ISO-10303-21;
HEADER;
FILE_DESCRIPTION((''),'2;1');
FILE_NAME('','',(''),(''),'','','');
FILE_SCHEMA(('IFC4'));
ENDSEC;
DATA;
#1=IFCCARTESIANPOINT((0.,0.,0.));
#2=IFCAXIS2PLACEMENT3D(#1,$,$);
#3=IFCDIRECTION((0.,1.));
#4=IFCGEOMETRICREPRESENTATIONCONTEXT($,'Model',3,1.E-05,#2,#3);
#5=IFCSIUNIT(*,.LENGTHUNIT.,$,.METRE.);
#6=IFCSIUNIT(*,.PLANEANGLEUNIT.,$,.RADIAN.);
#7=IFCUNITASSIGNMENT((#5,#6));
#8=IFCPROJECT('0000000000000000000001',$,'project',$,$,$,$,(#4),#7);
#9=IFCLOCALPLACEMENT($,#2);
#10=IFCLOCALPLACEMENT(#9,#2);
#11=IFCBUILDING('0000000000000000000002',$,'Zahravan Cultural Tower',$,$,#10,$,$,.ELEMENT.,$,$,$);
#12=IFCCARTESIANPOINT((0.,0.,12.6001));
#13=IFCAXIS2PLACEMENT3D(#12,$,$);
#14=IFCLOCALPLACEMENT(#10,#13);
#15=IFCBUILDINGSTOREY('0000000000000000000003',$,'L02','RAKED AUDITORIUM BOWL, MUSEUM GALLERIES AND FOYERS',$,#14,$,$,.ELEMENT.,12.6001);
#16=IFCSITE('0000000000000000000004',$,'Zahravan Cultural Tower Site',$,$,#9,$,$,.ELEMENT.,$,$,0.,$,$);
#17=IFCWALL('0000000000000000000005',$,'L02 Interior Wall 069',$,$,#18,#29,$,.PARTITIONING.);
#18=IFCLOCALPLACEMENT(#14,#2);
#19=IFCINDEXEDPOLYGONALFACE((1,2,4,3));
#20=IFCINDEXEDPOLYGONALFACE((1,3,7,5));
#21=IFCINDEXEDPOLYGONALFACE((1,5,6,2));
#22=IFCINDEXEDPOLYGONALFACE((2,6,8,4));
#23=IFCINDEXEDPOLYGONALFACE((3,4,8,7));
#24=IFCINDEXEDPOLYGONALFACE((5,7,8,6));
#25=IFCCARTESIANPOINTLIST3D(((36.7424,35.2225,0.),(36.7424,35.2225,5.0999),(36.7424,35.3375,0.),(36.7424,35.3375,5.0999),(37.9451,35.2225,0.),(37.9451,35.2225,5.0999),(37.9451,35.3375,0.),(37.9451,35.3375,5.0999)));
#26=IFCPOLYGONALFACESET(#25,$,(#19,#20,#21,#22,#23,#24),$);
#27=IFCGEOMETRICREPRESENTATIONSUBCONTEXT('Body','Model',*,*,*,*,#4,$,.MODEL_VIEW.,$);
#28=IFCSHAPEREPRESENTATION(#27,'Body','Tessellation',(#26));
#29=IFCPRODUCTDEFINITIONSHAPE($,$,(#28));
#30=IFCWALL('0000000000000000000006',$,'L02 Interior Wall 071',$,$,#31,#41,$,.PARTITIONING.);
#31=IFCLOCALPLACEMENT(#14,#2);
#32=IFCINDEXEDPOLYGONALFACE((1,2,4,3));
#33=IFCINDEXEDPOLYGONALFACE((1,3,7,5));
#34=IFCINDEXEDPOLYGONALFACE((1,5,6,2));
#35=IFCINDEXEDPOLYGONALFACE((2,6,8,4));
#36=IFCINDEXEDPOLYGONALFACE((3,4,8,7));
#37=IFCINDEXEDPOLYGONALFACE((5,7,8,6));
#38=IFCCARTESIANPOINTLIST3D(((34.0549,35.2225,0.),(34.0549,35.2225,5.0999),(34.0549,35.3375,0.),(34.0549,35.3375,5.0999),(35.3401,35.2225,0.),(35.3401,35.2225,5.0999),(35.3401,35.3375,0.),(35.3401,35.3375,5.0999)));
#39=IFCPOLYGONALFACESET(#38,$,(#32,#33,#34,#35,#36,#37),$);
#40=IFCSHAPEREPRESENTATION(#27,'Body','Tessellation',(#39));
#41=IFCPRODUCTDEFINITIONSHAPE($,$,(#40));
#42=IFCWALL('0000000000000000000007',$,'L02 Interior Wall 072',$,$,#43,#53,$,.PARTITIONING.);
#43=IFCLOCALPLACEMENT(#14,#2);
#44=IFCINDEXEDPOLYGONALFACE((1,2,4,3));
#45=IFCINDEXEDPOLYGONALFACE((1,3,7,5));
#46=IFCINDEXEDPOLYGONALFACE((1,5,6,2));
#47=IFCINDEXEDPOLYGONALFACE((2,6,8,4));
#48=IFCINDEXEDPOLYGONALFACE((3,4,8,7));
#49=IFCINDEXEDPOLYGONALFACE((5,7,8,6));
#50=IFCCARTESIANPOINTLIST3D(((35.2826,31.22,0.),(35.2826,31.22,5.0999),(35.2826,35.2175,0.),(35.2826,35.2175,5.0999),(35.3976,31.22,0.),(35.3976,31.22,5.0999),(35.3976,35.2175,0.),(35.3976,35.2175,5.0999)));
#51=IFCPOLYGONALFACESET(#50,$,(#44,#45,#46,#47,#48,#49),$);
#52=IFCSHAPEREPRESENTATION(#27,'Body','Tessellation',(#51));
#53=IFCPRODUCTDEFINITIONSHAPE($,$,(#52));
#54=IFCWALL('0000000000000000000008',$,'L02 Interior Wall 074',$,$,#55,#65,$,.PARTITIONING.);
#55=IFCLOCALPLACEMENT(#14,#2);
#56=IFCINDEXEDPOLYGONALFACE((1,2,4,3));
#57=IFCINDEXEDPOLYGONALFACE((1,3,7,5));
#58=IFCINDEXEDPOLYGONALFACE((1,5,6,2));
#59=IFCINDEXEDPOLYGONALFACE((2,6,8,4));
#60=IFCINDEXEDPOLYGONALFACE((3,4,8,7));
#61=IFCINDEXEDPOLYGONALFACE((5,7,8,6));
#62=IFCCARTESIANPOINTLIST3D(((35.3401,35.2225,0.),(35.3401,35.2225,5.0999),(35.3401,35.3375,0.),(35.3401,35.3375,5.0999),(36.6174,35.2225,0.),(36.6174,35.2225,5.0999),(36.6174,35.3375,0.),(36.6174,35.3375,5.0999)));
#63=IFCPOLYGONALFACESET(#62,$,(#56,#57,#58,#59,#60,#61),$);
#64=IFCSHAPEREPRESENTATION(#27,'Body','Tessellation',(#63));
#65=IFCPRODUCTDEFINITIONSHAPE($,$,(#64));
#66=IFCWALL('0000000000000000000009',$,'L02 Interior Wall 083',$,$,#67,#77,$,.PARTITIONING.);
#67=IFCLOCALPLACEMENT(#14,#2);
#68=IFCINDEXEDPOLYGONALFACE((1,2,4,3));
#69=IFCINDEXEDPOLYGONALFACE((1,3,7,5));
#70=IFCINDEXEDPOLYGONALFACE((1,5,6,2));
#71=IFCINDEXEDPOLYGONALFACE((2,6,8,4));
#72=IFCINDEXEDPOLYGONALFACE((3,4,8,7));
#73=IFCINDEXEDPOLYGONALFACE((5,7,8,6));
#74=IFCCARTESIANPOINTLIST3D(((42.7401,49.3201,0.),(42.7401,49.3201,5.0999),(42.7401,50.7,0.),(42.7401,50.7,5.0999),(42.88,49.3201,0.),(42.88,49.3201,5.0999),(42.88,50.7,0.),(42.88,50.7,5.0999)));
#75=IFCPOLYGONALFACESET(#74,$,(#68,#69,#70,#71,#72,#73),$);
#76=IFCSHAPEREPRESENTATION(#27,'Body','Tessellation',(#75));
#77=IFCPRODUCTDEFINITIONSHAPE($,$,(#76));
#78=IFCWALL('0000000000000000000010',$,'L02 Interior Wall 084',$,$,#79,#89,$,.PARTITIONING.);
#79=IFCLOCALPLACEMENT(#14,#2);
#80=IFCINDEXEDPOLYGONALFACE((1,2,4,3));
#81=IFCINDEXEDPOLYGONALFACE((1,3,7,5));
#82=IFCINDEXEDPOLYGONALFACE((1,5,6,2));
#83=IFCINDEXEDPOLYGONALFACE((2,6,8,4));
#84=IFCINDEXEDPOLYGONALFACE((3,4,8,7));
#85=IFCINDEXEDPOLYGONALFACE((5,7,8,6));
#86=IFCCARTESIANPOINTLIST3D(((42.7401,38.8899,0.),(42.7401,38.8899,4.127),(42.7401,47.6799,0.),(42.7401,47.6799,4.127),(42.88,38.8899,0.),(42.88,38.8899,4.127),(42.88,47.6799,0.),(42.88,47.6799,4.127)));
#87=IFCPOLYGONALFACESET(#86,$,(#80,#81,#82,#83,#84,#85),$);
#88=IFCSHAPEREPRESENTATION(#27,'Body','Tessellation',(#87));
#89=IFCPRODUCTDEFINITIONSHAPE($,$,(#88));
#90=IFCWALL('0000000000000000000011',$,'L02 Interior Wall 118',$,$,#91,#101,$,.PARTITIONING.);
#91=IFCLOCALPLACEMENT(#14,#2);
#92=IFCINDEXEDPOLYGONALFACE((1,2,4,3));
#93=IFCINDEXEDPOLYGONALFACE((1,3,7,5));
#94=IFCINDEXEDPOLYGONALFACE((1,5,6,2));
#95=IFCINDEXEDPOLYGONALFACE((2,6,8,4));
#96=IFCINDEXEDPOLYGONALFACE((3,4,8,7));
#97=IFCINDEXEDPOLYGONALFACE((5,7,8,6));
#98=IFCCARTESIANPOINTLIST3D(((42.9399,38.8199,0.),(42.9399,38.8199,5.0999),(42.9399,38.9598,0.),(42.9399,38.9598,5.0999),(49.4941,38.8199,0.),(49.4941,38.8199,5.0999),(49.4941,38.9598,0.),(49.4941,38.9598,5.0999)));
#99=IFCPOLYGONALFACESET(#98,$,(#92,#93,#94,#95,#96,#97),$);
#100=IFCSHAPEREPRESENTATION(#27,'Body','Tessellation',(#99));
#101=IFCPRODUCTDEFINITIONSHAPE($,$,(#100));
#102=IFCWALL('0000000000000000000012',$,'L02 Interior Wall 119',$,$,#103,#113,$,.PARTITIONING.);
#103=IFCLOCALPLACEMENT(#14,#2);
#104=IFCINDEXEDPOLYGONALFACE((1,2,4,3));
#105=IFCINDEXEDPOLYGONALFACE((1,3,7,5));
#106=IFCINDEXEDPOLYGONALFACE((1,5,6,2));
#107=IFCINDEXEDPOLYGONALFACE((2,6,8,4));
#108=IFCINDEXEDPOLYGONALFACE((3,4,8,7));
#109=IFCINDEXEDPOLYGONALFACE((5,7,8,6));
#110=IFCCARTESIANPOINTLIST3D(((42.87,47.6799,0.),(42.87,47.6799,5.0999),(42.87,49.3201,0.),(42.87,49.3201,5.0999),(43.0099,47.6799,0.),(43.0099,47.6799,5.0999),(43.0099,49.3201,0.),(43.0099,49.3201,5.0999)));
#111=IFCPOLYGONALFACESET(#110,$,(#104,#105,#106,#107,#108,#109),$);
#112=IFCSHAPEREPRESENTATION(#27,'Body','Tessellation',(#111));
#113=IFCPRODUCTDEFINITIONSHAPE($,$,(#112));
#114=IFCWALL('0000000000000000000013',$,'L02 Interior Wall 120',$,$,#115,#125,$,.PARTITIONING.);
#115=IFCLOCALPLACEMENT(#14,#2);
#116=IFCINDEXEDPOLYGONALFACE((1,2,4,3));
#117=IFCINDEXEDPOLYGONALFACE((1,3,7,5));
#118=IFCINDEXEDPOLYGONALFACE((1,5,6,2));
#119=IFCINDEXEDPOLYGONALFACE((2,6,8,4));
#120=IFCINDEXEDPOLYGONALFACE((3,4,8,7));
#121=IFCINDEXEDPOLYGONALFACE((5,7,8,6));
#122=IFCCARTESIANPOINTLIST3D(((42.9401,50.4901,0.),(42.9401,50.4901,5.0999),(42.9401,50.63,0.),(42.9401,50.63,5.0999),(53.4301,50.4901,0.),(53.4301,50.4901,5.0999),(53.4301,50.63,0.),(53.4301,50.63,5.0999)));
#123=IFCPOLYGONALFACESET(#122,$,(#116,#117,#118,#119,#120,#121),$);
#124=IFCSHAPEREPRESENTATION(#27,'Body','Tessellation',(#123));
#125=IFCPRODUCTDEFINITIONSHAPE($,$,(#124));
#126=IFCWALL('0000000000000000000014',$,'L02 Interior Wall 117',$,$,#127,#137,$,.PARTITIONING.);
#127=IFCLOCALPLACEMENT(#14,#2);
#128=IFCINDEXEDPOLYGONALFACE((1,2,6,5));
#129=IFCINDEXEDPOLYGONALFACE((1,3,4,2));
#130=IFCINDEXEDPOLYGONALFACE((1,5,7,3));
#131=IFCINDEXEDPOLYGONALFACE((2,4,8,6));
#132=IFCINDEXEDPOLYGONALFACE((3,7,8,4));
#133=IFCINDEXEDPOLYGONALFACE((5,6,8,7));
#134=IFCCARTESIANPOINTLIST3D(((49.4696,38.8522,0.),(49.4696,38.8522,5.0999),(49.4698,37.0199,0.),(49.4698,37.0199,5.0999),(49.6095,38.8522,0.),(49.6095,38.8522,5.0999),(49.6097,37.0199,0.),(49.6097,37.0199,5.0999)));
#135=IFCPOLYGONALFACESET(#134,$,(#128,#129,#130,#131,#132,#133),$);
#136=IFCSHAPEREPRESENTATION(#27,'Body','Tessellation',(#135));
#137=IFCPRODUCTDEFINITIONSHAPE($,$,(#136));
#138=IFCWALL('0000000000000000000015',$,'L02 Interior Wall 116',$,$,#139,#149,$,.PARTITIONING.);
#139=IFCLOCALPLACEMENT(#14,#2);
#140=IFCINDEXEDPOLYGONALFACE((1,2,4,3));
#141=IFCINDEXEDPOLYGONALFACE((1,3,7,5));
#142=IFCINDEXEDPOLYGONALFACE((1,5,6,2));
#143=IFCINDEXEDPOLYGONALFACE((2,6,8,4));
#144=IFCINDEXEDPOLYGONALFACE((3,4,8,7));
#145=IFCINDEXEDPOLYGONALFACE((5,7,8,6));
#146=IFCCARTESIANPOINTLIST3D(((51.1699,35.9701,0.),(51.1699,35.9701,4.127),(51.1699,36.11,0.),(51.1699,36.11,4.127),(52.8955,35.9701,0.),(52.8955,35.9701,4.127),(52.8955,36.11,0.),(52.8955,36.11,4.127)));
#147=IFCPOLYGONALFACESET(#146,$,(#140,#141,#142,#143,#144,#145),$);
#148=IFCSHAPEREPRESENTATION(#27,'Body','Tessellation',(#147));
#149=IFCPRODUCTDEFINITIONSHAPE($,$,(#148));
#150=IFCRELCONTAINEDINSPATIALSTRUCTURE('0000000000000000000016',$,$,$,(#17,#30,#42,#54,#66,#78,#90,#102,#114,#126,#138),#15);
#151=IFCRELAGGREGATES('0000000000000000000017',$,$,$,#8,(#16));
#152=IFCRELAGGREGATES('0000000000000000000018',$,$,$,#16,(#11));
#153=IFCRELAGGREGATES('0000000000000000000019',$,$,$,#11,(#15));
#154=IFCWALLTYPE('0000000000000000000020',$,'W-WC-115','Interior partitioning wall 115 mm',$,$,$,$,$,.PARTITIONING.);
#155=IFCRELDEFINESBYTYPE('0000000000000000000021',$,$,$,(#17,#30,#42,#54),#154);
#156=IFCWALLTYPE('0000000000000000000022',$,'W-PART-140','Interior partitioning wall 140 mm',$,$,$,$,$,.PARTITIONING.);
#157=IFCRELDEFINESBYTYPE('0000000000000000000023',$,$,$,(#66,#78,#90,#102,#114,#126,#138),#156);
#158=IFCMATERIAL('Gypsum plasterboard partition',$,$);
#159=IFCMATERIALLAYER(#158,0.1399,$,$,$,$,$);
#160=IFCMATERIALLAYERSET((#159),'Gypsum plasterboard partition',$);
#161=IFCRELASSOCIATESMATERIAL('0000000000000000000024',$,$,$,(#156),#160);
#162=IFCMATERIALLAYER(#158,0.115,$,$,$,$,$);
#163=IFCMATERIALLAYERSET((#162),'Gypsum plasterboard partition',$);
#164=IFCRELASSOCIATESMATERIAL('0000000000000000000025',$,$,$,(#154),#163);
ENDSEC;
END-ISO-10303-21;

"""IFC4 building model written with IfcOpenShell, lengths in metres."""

from ifc_helpers import new_model, si_unit, direction, frame, frame_2d, origin, place, context, subcontext, project, spatial, rectangle, extrude, source, transform, mapped, material, layer, layer_set, type_object, element, save


model = new_model("IFC4")

# Units and contexts
model_context = context("Model", 3, precision=1e-05, world=origin(), true_north=direction((0.0, 1.0)))
body_context = subcontext(model_context, "Body", "Model", "MODEL_VIEW")
ifc_project = project(units=[si_unit("LENGTHUNIT", "METRE"), si_unit("PLANEANGLEUNIT", "RADIAN")], contexts=[model_context])

# Site, building, storey
site_placement = place(None, origin())
site = spatial("IfcSite", under=ifc_project, at=site_placement, Name="Zahravan Cultural Tower Site", CompositionType="ELEMENT", RefElevation=0.0)
building_placement = place(site_placement, origin())
building = spatial("IfcBuilding", under=site, at=building_placement, Name="Zahravan Cultural Tower", CompositionType="ELEMENT")
storey_placement = place(building_placement, frame((0.0, 0.0, 12.6001)))
storey = spatial("IfcBuildingStorey", under=building, at=storey_placement, Name="L02", Description="RAKED AUDITORIUM BOWL, MUSEUM GALLERIES AND FOYERS", CompositionType="ELEMENT", Elevation=12.6001)

# Shared definitions
ifc_material_1 = material(Name="Gypsum plasterboard partition")
ifc_layer_1 = layer(ifc_material_1, 0.1399)
ifc_layer_set_1 = layer_set([ifc_layer_1], Name="Gypsum plasterboard partition")
wall_type_1 = type_object("IfcWallType", Name="W-PART-140", Description="Interior partitioning wall 140 mm", PredefinedType="PARTITIONING", material=ifc_layer_set_1)

# Walls
ifc_layer_2 = layer(ifc_material_1, 0.115)
ifc_layer_set_2 = layer_set([ifc_layer_2], Name="Gypsum plasterboard partition")
wall_type_2 = type_object("IfcWallType", Name="W-WC-115", Description="Interior partitioning wall 115 mm", PredefinedType="PARTITIONING", material=ifc_layer_set_2)
shared_shape_1 = source(origin(), body_context, "Body", "SweptSolid", [
    extrude(rectangle(XDim=1.2026, YDim=0.115, at=frame_2d((0.6013, 0.0))), origin(), (0.0, 0.0, 1.0), 5.0999),
])
wall_1_placement = place(storey_placement, frame((36.7424, 35.28, 0.0), z_axis=(0.0, 0.0, 1.0), x_axis=(1.0, 0.0, 0.0)))
element("IfcWall", 1, at=wall_1_placement, inside=storey, type_object=wall_type_2, Name="L02 Interior Wall 069", PredefinedType="PARTITIONING", context=body_context, shape_type="MappedRepresentation", body=[
    mapped(shared_shape_1, transform((0.0, 0.0, 0.0), x_axis=(1.0, 0.0, 0.0), y_axis=(0.0, 1.0, 0.0), z_axis=(0.0, 0.0, 1.0), scale=1.0)),
])
shared_shape_2 = source(origin(), body_context, "Body", "SweptSolid", [
    extrude(rectangle(XDim=1.2852, YDim=0.115, at=frame_2d((0.6426, 0.0))), origin(), (0.0, 0.0, 1.0), 5.0999),
])
wall_2_placement = place(storey_placement, frame((34.0549, 35.28, 0.0), z_axis=(0.0, 0.0, 1.0), x_axis=(1.0, 0.0, 0.0)))
element("IfcWall", 2, at=wall_2_placement, inside=storey, type_object=wall_type_2, Name="L02 Interior Wall 071", PredefinedType="PARTITIONING", context=body_context, shape_type="MappedRepresentation", body=[
    mapped(shared_shape_2, transform((0.0, 0.0, 0.0), x_axis=(1.0, 0.0, 0.0), y_axis=(0.0, 1.0, 0.0), z_axis=(0.0, 0.0, 1.0), scale=1.0)),
])
shared_shape_3 = source(origin(), body_context, "Body", "SweptSolid", [
    extrude(rectangle(XDim=3.9976, YDim=0.115, at=frame_2d((1.9988, 0.0))), origin(), (0.0, 0.0, 1.0), 5.0999),
])
wall_3_placement = place(storey_placement, frame((35.3401, 35.2175, 0.0), z_axis=(0.0, 0.0, 1.0), x_axis=(0.0, -1.0, 0.0)))
element("IfcWall", 3, at=wall_3_placement, inside=storey, type_object=wall_type_2, Name="L02 Interior Wall 072", PredefinedType="PARTITIONING", context=body_context, shape_type="MappedRepresentation", body=[
    mapped(shared_shape_3, transform((0.0, 0.0, 0.0), x_axis=(1.0, 0.0, 0.0), y_axis=(0.0, 1.0, 0.0), z_axis=(0.0, 0.0, 1.0), scale=1.0)),
])
shared_shape_4 = source(origin(), body_context, "Body", "SweptSolid", [
    extrude(rectangle(XDim=1.2773, YDim=0.115, at=frame_2d((0.6387, 0.0))), origin(), (0.0, 0.0, 1.0), 5.0999),
])
wall_4_placement = place(storey_placement, frame((35.3401, 35.28, 0.0), z_axis=(0.0, 0.0, 1.0), x_axis=(1.0, 0.0, 0.0)))
element("IfcWall", 4, at=wall_4_placement, inside=storey, type_object=wall_type_2, Name="L02 Interior Wall 074", PredefinedType="PARTITIONING", context=body_context, shape_type="MappedRepresentation", body=[
    mapped(shared_shape_4, transform((0.0, 0.0, 0.0), x_axis=(1.0, 0.0, 0.0), y_axis=(0.0, 1.0, 0.0), z_axis=(0.0, 0.0, 1.0), scale=1.0)),
])
shared_shape_5 = source(origin(), body_context, "Body", "SweptSolid", [
    extrude(rectangle(XDim=1.3799, YDim=0.1399, at=frame_2d((0.6899, 0.0))), origin(), (0.0, 0.0, 1.0), 5.0999),
])
wall_5_placement = place(storey_placement, frame((42.8101, 50.7, 0.0), z_axis=(0.0, 0.0, 1.0), x_axis=(0.0, -1.0, 0.0)))
element("IfcWall", 5, at=wall_5_placement, inside=storey, type_object=wall_type_1, Name="L02 Interior Wall 083", PredefinedType="PARTITIONING", context=body_context, shape_type="MappedRepresentation", body=[
    mapped(shared_shape_5, transform((0.0, 0.0, 0.0), x_axis=(1.0, 0.0, 0.0), y_axis=(0.0, 1.0, 0.0), z_axis=(0.0, 0.0, 1.0), scale=1.0)),
])
shared_shape_6 = source(origin(), body_context, "Body", "SweptSolid", [
    extrude(rectangle(XDim=8.79, YDim=0.1399, at=frame_2d((4.395, 0.0))), origin(), (0.0, 0.0, 1.0), 4.127),
])
wall_6_placement = place(storey_placement, frame((42.8101, 47.6799, 0.0), z_axis=(0.0, 0.0, 1.0), x_axis=(0.0, -1.0, 0.0)))
element("IfcWall", 6, at=wall_6_placement, inside=storey, type_object=wall_type_1, Name="L02 Interior Wall 084", PredefinedType="PARTITIONING", context=body_context, shape_type="MappedRepresentation", body=[
    mapped(shared_shape_6, transform((0.0, 0.0, 0.0), x_axis=(1.0, 0.0, 0.0), y_axis=(0.0, 1.0, 0.0), z_axis=(0.0, 0.0, 1.0), scale=1.0)),
])
shared_shape_7 = source(origin(), body_context, "Body", "SweptSolid", [
    extrude(rectangle(XDim=6.5542, YDim=0.1399, at=frame_2d((3.2771, 0.0))), origin(), (0.0, 0.0, 1.0), 5.0999),
])
wall_7_placement = place(storey_placement, frame((49.4941, 38.8899, 0.0), z_axis=(0.0, 0.0, 1.0), x_axis=(-1.0, 0.0, 0.0)))
element("IfcWall", 7, at=wall_7_placement, inside=storey, type_object=wall_type_1, Name="L02 Interior Wall 118", PredefinedType="PARTITIONING", context=body_context, shape_type="MappedRepresentation", body=[
    mapped(shared_shape_7, transform((0.0, 0.0, 0.0), x_axis=(1.0, 0.0, 0.0), y_axis=(0.0, 1.0, 0.0), z_axis=(0.0, 0.0, 1.0), scale=1.0)),
])
shared_shape_8 = source(origin(), body_context, "Body", "SweptSolid", [
    extrude(rectangle(XDim=1.6401, YDim=0.1399, at=frame_2d((0.8201, 0.0))), origin(), (0.0, 0.0, 1.0), 5.0999),
])
wall_8_placement = place(storey_placement, frame((42.9399, 47.6799, 0.0), z_axis=(0.0, 0.0, 1.0), x_axis=(0.0, 1.0, 0.0)))
element("IfcWall", 8, at=wall_8_placement, inside=storey, type_object=wall_type_1, Name="L02 Interior Wall 119", PredefinedType="PARTITIONING", context=body_context, shape_type="MappedRepresentation", body=[
    mapped(shared_shape_8, transform((0.0, 0.0, 0.0), x_axis=(1.0, 0.0, 0.0), y_axis=(0.0, 1.0, 0.0), z_axis=(0.0, 0.0, 1.0), scale=1.0)),
])
shared_shape_9 = source(origin(), body_context, "Body", "SweptSolid", [
    extrude(rectangle(XDim=10.49, YDim=0.1399, at=frame_2d((5.2451, 0.0))), origin(), (0.0, 0.0, 1.0), 5.0999),
])
wall_9_placement = place(storey_placement, frame((42.9399, 50.5601, 0.0), z_axis=(0.0, 0.0, 1.0), x_axis=(1.0, 0.0, 0.0)))
element("IfcWall", 9, at=wall_9_placement, inside=storey, type_object=wall_type_1, Name="L02 Interior Wall 120", PredefinedType="PARTITIONING", context=body_context, shape_type="MappedRepresentation", body=[
    mapped(shared_shape_9, transform((0.0, 0.0, 0.0), x_axis=(1.0, 0.0, 0.0), y_axis=(0.0, 1.0, 0.0), z_axis=(0.0, 0.0, 1.0), scale=1.0)),
])
shared_shape_10 = source(origin(), body_context, "Body", "SweptSolid", [
    extrude(rectangle(XDim=1.8323, YDim=0.1399, at=frame_2d((0.916, 0.0))), origin(), (0.0, 0.0, 1.0), 5.0999),
])
wall_10_placement = place(storey_placement, frame((49.5398, 37.02, 0.0), z_axis=(0.0, 0.0, 1.0), x_axis=(-0.000133, 1.0, 0.0)))
element("IfcWall", 10, at=wall_10_placement, inside=storey, type_object=wall_type_1, Name="L02 Interior Wall 117", PredefinedType="PARTITIONING", context=body_context, shape_type="MappedRepresentation", body=[
    mapped(shared_shape_10, transform((0.0, 0.0, 0.0), x_axis=(1.0, 0.0, 0.0), y_axis=(0.0, 1.0, 0.0), z_axis=(0.0, 0.0, 1.0), scale=1.0)),
])
shared_shape_11 = source(origin(), body_context, "Body", "SweptSolid", [
    extrude(rectangle(XDim=1.7256, YDim=0.1399, at=frame_2d((0.8628, 0.0))), origin(), (0.0, 0.0, 1.0), 4.127),
])
wall_11_placement = place(storey_placement, frame((52.8955, 36.04, 0.0), z_axis=(0.0, 0.0, 1.0), x_axis=(-1.0, 0.0, 0.0)))
element("IfcWall", 11, at=wall_11_placement, inside=storey, type_object=wall_type_1, Name="L02 Interior Wall 116", PredefinedType="PARTITIONING", context=body_context, shape_type="MappedRepresentation", body=[
    mapped(shared_shape_11, transform((0.0, 0.0, 0.0), x_axis=(1.0, 0.0, 0.0), y_axis=(0.0, 1.0, 0.0), z_axis=(0.0, 0.0, 1.0), scale=1.0)),
])

save(model, "model.ifc")
